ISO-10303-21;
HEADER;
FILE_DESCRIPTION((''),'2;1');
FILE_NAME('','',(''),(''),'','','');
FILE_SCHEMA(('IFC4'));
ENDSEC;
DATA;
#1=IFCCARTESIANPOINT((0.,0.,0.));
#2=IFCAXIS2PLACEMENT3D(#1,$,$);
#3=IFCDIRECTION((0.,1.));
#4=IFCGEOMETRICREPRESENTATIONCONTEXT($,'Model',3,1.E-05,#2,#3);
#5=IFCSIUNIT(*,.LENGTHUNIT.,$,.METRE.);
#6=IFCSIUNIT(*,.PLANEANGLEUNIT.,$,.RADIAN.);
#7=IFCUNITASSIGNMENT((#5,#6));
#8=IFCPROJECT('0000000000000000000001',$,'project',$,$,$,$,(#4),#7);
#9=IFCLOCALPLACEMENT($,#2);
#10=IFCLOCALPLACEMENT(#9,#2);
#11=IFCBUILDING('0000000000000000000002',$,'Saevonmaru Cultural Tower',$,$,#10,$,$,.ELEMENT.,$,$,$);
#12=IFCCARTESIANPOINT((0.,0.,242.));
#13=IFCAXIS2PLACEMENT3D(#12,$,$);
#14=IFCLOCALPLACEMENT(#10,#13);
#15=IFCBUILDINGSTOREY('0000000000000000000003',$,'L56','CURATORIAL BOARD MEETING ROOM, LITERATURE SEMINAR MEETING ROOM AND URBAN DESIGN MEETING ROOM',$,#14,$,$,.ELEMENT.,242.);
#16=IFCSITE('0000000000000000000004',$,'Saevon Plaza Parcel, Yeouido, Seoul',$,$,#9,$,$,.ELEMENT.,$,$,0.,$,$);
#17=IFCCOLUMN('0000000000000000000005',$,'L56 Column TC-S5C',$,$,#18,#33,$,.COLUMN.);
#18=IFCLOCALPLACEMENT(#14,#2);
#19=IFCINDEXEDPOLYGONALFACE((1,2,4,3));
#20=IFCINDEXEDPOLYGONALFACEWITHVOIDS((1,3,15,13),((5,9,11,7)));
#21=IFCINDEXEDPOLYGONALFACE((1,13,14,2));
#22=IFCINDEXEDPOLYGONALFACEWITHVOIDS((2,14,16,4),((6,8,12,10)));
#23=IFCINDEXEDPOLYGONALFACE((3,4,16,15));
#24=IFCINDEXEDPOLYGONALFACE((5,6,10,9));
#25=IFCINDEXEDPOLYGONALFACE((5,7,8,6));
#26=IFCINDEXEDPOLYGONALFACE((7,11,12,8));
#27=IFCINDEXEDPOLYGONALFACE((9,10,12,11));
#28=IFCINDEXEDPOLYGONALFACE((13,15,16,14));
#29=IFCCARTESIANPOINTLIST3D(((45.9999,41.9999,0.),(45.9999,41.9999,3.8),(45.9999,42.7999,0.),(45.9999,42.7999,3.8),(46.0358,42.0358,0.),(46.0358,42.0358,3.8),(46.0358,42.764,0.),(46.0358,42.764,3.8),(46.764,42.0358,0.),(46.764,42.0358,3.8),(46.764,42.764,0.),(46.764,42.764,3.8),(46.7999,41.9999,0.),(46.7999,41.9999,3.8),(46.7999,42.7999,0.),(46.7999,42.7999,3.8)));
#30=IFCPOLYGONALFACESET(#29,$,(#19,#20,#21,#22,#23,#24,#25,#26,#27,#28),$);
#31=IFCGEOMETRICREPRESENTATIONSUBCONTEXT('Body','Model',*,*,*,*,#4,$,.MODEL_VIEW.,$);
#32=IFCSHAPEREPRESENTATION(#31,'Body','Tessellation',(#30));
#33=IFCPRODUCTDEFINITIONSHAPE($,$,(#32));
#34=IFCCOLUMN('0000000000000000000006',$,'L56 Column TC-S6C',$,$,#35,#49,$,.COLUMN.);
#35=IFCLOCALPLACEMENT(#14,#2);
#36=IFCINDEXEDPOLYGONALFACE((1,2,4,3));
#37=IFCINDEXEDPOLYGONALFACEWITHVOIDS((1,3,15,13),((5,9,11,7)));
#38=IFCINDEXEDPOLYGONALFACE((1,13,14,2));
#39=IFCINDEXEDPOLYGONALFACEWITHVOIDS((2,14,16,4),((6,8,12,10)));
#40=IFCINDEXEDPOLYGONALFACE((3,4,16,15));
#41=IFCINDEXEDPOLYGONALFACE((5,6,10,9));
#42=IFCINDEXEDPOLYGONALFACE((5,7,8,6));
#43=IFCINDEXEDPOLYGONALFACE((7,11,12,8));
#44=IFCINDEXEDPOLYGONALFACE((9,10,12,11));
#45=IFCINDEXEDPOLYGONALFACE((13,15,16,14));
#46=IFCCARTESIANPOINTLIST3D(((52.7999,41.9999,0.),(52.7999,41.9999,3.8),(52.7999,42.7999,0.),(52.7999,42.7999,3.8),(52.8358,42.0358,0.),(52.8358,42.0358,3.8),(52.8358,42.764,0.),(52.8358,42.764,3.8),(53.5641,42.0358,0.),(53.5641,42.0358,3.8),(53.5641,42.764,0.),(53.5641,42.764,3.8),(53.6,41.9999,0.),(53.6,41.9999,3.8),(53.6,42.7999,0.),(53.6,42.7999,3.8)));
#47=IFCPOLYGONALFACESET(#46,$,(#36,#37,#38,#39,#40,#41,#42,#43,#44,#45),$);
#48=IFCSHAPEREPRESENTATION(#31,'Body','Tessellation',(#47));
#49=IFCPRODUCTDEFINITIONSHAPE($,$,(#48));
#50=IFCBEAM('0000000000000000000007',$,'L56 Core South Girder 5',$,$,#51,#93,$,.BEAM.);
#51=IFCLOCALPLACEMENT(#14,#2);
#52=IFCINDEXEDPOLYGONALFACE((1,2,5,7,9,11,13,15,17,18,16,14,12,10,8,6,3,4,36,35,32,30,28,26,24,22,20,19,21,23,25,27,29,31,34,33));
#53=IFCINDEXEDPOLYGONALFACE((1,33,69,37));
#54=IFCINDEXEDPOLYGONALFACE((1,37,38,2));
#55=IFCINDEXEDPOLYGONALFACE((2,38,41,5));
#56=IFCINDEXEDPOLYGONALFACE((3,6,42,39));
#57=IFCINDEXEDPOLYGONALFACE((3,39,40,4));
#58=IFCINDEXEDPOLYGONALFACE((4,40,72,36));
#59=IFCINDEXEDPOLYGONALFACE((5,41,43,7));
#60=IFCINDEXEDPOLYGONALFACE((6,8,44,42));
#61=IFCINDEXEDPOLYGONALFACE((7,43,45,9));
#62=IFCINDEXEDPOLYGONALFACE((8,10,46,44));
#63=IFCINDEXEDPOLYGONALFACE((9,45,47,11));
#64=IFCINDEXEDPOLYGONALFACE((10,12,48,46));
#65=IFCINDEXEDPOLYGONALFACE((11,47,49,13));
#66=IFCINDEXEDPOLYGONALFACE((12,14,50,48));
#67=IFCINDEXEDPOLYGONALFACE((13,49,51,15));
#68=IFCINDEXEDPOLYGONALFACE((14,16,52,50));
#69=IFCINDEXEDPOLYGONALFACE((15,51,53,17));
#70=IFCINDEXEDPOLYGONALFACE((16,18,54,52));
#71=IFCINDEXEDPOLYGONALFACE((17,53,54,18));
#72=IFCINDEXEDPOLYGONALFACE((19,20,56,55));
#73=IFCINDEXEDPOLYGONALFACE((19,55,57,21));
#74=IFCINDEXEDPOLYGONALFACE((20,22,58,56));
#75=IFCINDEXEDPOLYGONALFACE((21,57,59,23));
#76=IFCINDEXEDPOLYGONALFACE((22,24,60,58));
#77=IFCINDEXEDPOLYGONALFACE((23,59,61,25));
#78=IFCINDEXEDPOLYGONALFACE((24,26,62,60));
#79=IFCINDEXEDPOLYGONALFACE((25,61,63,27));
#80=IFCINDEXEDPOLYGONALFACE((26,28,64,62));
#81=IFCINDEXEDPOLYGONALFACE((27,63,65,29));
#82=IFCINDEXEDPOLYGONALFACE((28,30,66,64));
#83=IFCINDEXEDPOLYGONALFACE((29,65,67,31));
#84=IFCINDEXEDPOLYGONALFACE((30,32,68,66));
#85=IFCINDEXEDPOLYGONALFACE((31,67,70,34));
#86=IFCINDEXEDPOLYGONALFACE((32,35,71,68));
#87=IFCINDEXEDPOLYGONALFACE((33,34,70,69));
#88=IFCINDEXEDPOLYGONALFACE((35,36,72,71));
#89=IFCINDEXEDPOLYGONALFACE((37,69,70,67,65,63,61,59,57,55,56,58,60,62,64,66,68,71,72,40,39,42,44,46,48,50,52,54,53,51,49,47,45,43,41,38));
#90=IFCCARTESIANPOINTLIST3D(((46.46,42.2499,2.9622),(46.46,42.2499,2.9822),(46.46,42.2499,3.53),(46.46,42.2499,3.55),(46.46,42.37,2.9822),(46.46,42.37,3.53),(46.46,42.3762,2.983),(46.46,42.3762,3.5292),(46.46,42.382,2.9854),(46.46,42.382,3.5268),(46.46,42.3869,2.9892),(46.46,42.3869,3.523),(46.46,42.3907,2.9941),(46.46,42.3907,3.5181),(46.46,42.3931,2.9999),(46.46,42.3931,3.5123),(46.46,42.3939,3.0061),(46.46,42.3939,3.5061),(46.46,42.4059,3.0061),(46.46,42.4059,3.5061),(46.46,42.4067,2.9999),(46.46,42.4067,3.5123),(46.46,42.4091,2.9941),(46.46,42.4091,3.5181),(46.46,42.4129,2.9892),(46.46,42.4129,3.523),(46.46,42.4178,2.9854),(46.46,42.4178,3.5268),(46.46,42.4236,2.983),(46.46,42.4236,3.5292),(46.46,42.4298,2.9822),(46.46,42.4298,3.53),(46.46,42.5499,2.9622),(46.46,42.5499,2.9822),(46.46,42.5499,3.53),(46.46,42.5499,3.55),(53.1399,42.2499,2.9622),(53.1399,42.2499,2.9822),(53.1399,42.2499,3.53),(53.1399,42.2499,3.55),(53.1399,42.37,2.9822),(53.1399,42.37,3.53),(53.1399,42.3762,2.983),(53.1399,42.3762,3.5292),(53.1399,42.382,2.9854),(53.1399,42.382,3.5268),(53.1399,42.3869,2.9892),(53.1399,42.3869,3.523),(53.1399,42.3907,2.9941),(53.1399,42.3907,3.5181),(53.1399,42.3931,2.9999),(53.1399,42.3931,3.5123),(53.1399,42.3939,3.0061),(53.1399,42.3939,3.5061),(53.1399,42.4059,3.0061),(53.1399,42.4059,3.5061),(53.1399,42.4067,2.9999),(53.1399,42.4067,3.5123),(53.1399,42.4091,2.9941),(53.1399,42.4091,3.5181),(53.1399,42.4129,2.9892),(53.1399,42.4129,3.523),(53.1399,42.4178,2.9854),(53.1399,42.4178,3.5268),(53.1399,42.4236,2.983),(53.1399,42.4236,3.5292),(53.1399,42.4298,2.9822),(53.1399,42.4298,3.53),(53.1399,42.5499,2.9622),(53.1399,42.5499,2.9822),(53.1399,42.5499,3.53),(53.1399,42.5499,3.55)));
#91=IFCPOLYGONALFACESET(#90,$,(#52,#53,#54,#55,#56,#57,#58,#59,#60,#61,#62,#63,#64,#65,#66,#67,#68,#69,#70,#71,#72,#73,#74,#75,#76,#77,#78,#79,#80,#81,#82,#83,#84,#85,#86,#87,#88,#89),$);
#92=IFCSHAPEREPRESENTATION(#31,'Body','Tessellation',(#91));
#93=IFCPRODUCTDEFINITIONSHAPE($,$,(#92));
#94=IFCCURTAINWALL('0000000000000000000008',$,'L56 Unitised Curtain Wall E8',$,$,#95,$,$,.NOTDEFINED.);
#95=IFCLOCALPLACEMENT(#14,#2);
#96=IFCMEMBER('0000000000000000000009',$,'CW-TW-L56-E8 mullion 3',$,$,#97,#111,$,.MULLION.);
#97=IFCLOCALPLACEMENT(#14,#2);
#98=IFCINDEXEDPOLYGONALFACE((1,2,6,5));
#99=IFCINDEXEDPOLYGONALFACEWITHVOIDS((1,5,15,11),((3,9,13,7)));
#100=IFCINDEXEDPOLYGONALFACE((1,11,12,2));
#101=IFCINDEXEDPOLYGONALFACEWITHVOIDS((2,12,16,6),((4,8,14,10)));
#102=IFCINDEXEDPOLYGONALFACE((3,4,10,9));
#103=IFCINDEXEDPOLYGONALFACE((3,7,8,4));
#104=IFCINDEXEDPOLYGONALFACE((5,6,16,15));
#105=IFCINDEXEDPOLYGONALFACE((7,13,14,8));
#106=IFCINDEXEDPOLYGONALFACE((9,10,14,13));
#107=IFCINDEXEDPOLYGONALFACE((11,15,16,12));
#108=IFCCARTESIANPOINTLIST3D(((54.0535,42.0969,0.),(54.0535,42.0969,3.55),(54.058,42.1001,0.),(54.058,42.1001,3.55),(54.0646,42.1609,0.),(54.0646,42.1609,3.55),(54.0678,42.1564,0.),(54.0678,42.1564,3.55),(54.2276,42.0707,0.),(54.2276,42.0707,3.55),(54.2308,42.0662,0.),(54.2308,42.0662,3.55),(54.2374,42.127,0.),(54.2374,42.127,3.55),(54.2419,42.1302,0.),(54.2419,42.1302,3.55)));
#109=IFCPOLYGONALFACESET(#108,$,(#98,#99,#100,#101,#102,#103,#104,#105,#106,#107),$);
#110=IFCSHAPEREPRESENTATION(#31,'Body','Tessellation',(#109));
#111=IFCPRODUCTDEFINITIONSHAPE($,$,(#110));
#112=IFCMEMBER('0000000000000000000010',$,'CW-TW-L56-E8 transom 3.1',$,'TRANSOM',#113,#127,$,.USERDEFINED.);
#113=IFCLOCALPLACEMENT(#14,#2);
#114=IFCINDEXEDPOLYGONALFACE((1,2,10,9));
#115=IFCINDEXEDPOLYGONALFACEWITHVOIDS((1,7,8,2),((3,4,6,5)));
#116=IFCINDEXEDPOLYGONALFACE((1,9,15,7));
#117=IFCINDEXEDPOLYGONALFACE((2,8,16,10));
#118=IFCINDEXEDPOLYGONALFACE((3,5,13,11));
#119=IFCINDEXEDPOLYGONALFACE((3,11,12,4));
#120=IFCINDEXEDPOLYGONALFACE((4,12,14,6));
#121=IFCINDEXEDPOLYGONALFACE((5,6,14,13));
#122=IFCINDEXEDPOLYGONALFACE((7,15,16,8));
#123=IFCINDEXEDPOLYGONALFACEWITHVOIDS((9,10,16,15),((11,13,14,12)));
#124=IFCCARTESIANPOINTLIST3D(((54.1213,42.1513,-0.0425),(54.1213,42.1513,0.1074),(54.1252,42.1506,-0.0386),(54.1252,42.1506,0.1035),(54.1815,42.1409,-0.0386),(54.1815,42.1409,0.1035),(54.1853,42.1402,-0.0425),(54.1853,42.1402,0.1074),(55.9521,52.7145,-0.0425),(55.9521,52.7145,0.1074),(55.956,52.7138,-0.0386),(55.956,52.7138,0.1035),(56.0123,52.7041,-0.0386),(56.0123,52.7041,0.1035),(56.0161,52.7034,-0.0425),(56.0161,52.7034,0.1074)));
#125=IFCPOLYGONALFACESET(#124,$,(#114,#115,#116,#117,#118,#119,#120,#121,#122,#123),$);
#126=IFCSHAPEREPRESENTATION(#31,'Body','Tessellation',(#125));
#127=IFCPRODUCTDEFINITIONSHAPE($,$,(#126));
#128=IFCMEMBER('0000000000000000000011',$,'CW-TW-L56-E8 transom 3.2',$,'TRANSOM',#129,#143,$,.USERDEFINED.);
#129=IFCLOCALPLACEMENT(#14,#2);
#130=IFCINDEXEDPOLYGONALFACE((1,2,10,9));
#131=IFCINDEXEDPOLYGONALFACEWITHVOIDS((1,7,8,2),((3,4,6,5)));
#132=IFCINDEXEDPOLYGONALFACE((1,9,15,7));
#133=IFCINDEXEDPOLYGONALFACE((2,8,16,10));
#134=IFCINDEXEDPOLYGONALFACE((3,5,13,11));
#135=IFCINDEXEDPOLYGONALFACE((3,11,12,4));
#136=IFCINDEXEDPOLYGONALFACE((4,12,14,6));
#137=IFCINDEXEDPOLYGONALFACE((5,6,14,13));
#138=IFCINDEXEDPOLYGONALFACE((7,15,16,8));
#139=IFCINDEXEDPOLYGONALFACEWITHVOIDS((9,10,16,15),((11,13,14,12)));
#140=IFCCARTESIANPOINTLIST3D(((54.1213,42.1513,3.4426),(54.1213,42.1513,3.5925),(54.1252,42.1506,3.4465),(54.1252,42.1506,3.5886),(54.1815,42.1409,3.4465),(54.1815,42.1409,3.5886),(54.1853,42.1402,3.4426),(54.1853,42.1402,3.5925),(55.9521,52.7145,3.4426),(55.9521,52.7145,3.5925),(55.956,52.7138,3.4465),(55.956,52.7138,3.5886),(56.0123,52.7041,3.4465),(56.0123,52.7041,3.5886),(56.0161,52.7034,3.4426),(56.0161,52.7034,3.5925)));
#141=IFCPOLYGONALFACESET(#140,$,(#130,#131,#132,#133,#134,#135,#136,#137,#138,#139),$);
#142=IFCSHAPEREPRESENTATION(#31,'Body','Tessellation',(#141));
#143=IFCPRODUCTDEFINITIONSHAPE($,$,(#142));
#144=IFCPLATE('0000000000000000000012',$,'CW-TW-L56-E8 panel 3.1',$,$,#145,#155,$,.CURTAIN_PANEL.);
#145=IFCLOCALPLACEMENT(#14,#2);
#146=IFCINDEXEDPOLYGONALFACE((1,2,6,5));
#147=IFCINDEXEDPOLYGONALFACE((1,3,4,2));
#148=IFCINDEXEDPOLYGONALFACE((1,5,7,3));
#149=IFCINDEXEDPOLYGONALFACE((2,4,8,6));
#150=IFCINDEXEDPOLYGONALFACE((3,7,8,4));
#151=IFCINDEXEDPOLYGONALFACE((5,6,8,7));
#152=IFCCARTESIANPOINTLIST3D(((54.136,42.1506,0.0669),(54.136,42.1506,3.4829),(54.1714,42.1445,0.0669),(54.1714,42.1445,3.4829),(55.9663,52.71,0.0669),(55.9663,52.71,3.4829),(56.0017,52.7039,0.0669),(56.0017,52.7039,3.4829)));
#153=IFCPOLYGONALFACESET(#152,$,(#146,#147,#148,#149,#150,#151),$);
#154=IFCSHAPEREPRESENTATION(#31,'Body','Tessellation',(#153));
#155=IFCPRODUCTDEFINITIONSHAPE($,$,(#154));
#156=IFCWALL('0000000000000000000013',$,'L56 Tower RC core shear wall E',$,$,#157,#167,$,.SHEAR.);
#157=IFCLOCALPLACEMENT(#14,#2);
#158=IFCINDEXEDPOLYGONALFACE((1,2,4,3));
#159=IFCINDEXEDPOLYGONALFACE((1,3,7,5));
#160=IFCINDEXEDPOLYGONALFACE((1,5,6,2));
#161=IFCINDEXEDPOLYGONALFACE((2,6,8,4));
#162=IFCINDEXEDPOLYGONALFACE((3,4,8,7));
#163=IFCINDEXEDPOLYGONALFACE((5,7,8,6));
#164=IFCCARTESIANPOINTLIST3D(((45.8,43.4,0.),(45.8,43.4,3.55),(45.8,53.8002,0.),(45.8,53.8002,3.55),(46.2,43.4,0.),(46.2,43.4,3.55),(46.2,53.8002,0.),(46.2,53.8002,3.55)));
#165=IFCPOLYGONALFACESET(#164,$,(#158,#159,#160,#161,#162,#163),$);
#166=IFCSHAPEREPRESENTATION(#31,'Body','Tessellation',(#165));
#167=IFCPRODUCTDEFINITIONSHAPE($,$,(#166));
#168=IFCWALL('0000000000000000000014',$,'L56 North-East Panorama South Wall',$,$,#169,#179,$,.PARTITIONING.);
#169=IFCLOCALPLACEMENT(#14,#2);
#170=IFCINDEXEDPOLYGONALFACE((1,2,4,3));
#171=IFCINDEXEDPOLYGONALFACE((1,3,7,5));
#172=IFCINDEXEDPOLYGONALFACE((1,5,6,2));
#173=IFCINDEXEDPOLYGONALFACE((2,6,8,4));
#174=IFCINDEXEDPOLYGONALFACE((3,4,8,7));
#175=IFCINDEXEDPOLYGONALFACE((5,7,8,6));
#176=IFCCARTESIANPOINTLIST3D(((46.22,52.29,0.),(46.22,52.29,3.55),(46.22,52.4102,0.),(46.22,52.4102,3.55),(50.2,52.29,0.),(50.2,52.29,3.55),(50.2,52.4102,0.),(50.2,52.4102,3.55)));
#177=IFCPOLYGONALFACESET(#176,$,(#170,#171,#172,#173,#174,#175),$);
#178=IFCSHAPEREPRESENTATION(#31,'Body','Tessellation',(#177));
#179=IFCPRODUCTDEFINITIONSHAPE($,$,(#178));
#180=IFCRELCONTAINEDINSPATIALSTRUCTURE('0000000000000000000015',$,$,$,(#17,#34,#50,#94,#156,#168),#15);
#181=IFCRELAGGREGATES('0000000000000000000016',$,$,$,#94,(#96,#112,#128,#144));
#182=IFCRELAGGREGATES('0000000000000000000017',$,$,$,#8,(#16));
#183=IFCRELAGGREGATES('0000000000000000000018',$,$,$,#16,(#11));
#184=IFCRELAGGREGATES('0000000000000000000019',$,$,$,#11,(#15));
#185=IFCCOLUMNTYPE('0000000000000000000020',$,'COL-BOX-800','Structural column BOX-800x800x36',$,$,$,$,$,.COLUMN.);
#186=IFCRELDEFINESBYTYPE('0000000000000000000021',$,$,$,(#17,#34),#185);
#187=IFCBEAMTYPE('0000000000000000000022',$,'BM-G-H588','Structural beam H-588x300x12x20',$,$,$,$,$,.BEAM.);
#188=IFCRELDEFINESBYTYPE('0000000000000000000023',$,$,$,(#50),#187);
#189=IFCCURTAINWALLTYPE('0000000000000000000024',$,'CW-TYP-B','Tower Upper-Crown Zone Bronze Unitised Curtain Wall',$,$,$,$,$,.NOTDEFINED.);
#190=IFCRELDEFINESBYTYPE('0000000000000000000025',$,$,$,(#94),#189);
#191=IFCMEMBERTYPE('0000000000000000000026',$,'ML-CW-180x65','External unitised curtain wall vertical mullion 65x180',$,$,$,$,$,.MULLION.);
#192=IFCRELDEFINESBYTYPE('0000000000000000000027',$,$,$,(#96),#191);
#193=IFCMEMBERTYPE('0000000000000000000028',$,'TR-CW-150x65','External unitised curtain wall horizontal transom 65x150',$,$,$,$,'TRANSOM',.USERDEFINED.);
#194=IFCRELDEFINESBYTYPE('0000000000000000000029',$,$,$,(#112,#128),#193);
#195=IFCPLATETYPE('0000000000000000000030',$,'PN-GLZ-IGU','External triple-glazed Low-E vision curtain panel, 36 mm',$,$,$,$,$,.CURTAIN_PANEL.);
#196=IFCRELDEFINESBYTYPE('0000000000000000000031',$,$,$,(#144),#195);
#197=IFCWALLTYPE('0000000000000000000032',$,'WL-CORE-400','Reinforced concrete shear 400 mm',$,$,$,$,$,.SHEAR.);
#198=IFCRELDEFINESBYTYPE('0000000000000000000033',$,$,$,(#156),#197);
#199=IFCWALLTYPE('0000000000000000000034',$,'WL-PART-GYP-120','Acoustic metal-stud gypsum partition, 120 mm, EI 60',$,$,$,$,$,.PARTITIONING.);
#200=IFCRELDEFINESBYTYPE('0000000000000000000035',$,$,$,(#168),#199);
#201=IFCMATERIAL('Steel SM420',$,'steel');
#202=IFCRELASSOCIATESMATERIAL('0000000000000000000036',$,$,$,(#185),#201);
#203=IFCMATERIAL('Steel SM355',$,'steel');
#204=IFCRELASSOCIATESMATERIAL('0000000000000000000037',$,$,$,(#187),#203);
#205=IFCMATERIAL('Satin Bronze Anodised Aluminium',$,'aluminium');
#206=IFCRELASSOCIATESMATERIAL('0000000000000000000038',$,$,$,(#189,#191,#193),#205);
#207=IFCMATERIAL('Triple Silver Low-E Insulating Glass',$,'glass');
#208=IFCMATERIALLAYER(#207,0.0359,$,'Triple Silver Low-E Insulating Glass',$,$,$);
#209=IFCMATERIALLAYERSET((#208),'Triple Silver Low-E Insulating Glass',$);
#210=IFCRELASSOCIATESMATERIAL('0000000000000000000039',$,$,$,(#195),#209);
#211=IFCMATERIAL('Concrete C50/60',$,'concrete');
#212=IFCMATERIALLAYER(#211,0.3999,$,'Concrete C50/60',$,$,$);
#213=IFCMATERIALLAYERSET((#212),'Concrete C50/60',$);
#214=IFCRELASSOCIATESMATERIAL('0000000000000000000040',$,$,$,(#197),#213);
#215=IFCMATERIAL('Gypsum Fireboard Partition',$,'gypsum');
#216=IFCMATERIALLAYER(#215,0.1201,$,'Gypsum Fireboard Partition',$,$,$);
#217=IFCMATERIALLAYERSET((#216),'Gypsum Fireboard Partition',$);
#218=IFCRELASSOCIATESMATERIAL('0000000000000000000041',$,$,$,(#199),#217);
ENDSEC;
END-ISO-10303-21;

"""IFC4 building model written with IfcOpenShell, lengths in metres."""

from ifc_helpers import new_model, si_unit, direction, frame, frame_2d, origin, origin_2d, place, context, subcontext, project, spatial, rectangle, hollow_rectangle, i_section, extrude, material, layer, layer_set, material_profile, profile_set, type_object, element, aggregate, save


model = new_model("IFC4")

# Units and contexts
model_context = context("Model", 3, precision=1e-05, world=origin(), true_north=direction((0.0, 1.0)))
body_context = subcontext(model_context, "Body", "Model", "MODEL_VIEW")
ifc_project = project(units=[si_unit("LENGTHUNIT", "METRE"), si_unit("PLANEANGLEUNIT", "RADIAN")], contexts=[model_context])

# Site, building, storey
site_placement = place(None, origin())
site = spatial("IfcSite", under=ifc_project, at=site_placement, Name="Saevon Plaza Parcel, Yeouido, Seoul", CompositionType="ELEMENT", RefElevation=0.0)
building_placement = place(site_placement, origin())
building = spatial("IfcBuilding", under=site, at=building_placement, Name="Saevonmaru Cultural Tower", CompositionType="ELEMENT")
storey_placement = place(building_placement, frame((0.0, 0.0, 242.0)))
storey = spatial("IfcBuildingStorey", under=building, at=storey_placement, Name="L56", Description="CURATORIAL BOARD MEETING ROOM, LITERATURE SEMINAR MEETING ROOM AND URBAN DESIGN MEETING ROOM", CompositionType="ELEMENT", Elevation=242.0)

# Columns
ifc_material_1 = material(Name="Steel SM420", Category="steel")
ifc_material_profile_1 = material_profile(ifc_material_1, hollow_rectangle(XDim=0.8, YDim=0.8, WallThickness=0.0359, at=origin_2d()), Name="BOX-800x800x36")
ifc_profile_set_1 = profile_set([ifc_material_profile_1], Name="Steel SM420")
column_type = type_object("IfcColumnType", Name="COL-BOX-800", Description="Structural column BOX-800x800x36", PredefinedType="COLUMN", material=ifc_profile_set_1)
for number, where, z_axis, x_axis, name in (
    (1, (46.3999, 42.3999, 0.0), (0.0, 0.0, 1.0), (1.0, 0.0, 0.0), "L56 Column TC-S5C"),
    (2, (53.2, 42.3999, 0.0), (0.0, 0.0, 1.0), (1.0, 0.0, 0.0), "L56 Column TC-S6C"),
):
    element("IfcColumn", number, at=place(storey_placement, frame(where, z_axis=z_axis, x_axis=x_axis)), inside=storey, type_object=column_type, Name=name, PredefinedType="COLUMN", context=body_context, shape_type="SweptSolid", body=[
        extrude(hollow_rectangle(XDim=0.8, YDim=0.8, WallThickness=0.0359, at=origin_2d()), origin(), (0.0, 0.0, 1.0), 3.8),
    ])

# Beam
ifc_material_2 = material(Name="Steel SM355", Category="steel")
ifc_material_profile_2 = material_profile(ifc_material_2, i_section(OverallWidth=0.3, OverallDepth=0.5879, WebThickness=0.012, FlangeThickness=0.02, FilletRadius=0.0239, at=origin_2d()), Name="H-588x300x12x20")
ifc_profile_set_2 = profile_set([ifc_material_profile_2], Name="Steel SM355")
beam_type = type_object("IfcBeamType", Name="BM-G-H588", Description="Structural beam H-588x300x12x20", PredefinedType="BEAM", material=ifc_profile_set_2)
beam_placement = place(storey_placement, frame((46.46, 42.3999, 3.2561), z_axis=(1.0, 0.0, 0.0), x_axis=(0.0, 1.0, 0.0)))
element("IfcBeam", 3, at=beam_placement, inside=storey, type_object=beam_type, Name="L56 Core South Girder 5", PredefinedType="BEAM", context=body_context, shape_type="SweptSolid", body=[
    extrude(i_section(OverallWidth=0.3, OverallDepth=0.5879, WebThickness=0.012, FlangeThickness=0.02, FilletRadius=0.0239, at=origin_2d()), origin(), (0.0, 0.0, 1.0), 6.6799),
])

# Curtain wall, members, plate
ifc_material_3 = material(Name="Satin Bronze Anodised Aluminium", Category="aluminium")
curtain_wall_type = type_object("IfcCurtainWallType", Name="CW-TYP-B", Description="Tower Upper-Crown Zone Bronze Unitised Curtain Wall", PredefinedType="NOTDEFINED", material=ifc_material_3)
curtain_wall_placement = place(storey_placement, origin())
curtain_wall = element("IfcCurtainWall", 4, at=curtain_wall_placement, inside=storey, type_object=curtain_wall_type, Name="L56 Unitised Curtain Wall E8", PredefinedType="NOTDEFINED")
ifc_material_profile_3 = material_profile(ifc_material_3, hollow_rectangle(XDim=0.0649, YDim=0.1799, WallThickness=0.0039, at=origin_2d()), Name="ALU-MULL-180x65x4")
ifc_profile_set_3 = profile_set([ifc_material_profile_3], Name="Satin Bronze Anodised Aluminium")
member_type_1 = type_object("IfcMemberType", Name="ML-CW-180x65", Description="External unitised curtain wall vertical mullion 65x180", PredefinedType="MULLION", material=ifc_profile_set_3)
member_1_placement = place(storey_placement, frame((54.1477, 42.1135, 0.0), z_axis=(0.0, 0.0, 1.0), x_axis=(0.17079, 0.985307, 0.0)))
member_1 = element("IfcMember", 5, at=member_1_placement, type_object=member_type_1, Name="CW-TW-L56-E8 mullion 3", PredefinedType="MULLION", context=body_context, shape_type="SweptSolid", body=[
    extrude(hollow_rectangle(XDim=0.0649, YDim=0.1799, WallThickness=0.0039, at=origin_2d()), origin(), (0.0, 0.0, 1.0), 3.55),
])
ifc_material_profile_4 = material_profile(ifc_material_3, hollow_rectangle(XDim=0.0649, YDim=0.1499, WallThickness=0.0039, at=origin_2d()), Name="ALU-TRAN-150x65x4")
ifc_profile_set_4 = profile_set([ifc_material_profile_4], Name="Satin Bronze Anodised Aluminium")
member_type_2 = type_object("IfcMemberType", Name="TR-CW-150x65", Description="External unitised curtain wall horizontal transom 65x150", ElementType="TRANSOM", PredefinedType="USERDEFINED", material=ifc_profile_set_4)
member_2_placement = place(storey_placement, frame((54.1533, 42.1458, 0.0325), z_axis=(0.170773, 0.98531, 0.0), x_axis=(-0.98531, 0.170773, 0.0)))
member_2 = element("IfcMember", 6, at=member_2_placement, type_object=member_type_2, Name="CW-TW-L56-E8 transom 3.1", ObjectType="TRANSOM", PredefinedType="USERDEFINED", context=body_context, shape_type="SweptSolid", body=[
    extrude(hollow_rectangle(XDim=0.0649, YDim=0.1499, WallThickness=0.0039, at=origin_2d()), origin(), (0.0, 0.0, 1.0), 10.7207),
])
member_3_placement = place(storey_placement, frame((54.1533, 42.1458, 3.5176), z_axis=(0.170773, 0.98531, 0.0), x_axis=(-0.98531, 0.170773, 0.0)))
member_3 = element("IfcMember", 7, at=member_3_placement, type_object=member_type_2, Name="CW-TW-L56-E8 transom 3.2", ObjectType="TRANSOM", PredefinedType="USERDEFINED", context=body_context, shape_type="SweptSolid", body=[
    extrude(hollow_rectangle(XDim=0.0649, YDim=0.1499, WallThickness=0.0039, at=origin_2d()), origin(), (0.0, 0.0, 1.0), 10.7207),
])
ifc_material_4 = material(Name="Triple Silver Low-E Insulating Glass", Category="glass")
ifc_layer_1 = layer(ifc_material_4, 0.0359, Name="Triple Silver Low-E Insulating Glass")
ifc_layer_set_1 = layer_set([ifc_layer_1], Name="Triple Silver Low-E Insulating Glass")
plate_type = type_object("IfcPlateType", Name="PN-GLZ-IGU", Description="External triple-glazed Low-E vision curtain panel, 36 mm", PredefinedType="CURTAIN_PANEL", material=ifc_layer_set_1)
plate_placement = place(storey_placement, frame((55.0688, 47.4272, 0.0669), z_axis=(0.0, 0.0, 1.0), x_axis=(0.17079, 0.985307, 0.0)))
plate = element("IfcPlate", 8, at=plate_placement, type_object=plate_type, Name="CW-TW-L56-E8 panel 3.1", PredefinedType="CURTAIN_PANEL", context=body_context, shape_type="SweptSolid", body=[
    extrude(rectangle(XDim=10.7168, YDim=0.0359, at=origin_2d()), origin(), (0.0, 0.0, 1.0), 3.416),
])
aggregate(curtain_wall, [member_1, member_2, member_3, plate])

# Walls
ifc_material_5 = material(Name="Concrete C50/60", Category="concrete")
ifc_layer_2 = layer(ifc_material_5, 0.3999, Name="Concrete C50/60")
ifc_layer_set_2 = layer_set([ifc_layer_2], Name="Concrete C50/60")
wall_type_1 = type_object("IfcWallType", Name="WL-CORE-400", Description="Reinforced concrete shear 400 mm", PredefinedType="SHEAR", material=ifc_layer_set_2)
wall_1_placement = place(storey_placement, frame((46.0, 43.3999, 0.0), z_axis=(0.0, 0.0, 1.0), x_axis=(0.0, 1.0, 0.0)))
element("IfcWall", 9, at=wall_1_placement, inside=storey, type_object=wall_type_1, Name="L56 Tower RC core shear wall E", PredefinedType="SHEAR", context=body_context, shape_type="SweptSolid", body=[
    extrude(rectangle(XDim=10.4001, YDim=0.3999, at=frame_2d((5.2002, 0.0))), origin(), (0.0, 0.0, 1.0), 3.55),
])
ifc_material_6 = material(Name="Gypsum Fireboard Partition", Category="gypsum")
ifc_layer_3 = layer(ifc_material_6, 0.1201, Name="Gypsum Fireboard Partition")
ifc_layer_set_3 = layer_set([ifc_layer_3], Name="Gypsum Fireboard Partition")
wall_type_2 = type_object("IfcWallType", Name="WL-PART-GYP-120", Description="Acoustic metal-stud gypsum partition, 120 mm, EI 60", PredefinedType="PARTITIONING", material=ifc_layer_set_3)
wall_2_placement = place(storey_placement, frame((46.22, 52.3501, 0.0), z_axis=(0.0, 0.0, 1.0), x_axis=(1.0, 0.0, 0.0)))
element("IfcWall", 10, at=wall_2_placement, inside=storey, type_object=wall_type_2, Name="L56 North-East Panorama South Wall", PredefinedType="PARTITIONING", context=body_context, shape_type="SweptSolid", body=[
    extrude(rectangle(XDim=3.98, YDim=0.1201, at=frame_2d((1.99, 0.0))), origin(), (0.0, 0.0, 1.0), 3.55),
])

save(model, "model.ifc")
